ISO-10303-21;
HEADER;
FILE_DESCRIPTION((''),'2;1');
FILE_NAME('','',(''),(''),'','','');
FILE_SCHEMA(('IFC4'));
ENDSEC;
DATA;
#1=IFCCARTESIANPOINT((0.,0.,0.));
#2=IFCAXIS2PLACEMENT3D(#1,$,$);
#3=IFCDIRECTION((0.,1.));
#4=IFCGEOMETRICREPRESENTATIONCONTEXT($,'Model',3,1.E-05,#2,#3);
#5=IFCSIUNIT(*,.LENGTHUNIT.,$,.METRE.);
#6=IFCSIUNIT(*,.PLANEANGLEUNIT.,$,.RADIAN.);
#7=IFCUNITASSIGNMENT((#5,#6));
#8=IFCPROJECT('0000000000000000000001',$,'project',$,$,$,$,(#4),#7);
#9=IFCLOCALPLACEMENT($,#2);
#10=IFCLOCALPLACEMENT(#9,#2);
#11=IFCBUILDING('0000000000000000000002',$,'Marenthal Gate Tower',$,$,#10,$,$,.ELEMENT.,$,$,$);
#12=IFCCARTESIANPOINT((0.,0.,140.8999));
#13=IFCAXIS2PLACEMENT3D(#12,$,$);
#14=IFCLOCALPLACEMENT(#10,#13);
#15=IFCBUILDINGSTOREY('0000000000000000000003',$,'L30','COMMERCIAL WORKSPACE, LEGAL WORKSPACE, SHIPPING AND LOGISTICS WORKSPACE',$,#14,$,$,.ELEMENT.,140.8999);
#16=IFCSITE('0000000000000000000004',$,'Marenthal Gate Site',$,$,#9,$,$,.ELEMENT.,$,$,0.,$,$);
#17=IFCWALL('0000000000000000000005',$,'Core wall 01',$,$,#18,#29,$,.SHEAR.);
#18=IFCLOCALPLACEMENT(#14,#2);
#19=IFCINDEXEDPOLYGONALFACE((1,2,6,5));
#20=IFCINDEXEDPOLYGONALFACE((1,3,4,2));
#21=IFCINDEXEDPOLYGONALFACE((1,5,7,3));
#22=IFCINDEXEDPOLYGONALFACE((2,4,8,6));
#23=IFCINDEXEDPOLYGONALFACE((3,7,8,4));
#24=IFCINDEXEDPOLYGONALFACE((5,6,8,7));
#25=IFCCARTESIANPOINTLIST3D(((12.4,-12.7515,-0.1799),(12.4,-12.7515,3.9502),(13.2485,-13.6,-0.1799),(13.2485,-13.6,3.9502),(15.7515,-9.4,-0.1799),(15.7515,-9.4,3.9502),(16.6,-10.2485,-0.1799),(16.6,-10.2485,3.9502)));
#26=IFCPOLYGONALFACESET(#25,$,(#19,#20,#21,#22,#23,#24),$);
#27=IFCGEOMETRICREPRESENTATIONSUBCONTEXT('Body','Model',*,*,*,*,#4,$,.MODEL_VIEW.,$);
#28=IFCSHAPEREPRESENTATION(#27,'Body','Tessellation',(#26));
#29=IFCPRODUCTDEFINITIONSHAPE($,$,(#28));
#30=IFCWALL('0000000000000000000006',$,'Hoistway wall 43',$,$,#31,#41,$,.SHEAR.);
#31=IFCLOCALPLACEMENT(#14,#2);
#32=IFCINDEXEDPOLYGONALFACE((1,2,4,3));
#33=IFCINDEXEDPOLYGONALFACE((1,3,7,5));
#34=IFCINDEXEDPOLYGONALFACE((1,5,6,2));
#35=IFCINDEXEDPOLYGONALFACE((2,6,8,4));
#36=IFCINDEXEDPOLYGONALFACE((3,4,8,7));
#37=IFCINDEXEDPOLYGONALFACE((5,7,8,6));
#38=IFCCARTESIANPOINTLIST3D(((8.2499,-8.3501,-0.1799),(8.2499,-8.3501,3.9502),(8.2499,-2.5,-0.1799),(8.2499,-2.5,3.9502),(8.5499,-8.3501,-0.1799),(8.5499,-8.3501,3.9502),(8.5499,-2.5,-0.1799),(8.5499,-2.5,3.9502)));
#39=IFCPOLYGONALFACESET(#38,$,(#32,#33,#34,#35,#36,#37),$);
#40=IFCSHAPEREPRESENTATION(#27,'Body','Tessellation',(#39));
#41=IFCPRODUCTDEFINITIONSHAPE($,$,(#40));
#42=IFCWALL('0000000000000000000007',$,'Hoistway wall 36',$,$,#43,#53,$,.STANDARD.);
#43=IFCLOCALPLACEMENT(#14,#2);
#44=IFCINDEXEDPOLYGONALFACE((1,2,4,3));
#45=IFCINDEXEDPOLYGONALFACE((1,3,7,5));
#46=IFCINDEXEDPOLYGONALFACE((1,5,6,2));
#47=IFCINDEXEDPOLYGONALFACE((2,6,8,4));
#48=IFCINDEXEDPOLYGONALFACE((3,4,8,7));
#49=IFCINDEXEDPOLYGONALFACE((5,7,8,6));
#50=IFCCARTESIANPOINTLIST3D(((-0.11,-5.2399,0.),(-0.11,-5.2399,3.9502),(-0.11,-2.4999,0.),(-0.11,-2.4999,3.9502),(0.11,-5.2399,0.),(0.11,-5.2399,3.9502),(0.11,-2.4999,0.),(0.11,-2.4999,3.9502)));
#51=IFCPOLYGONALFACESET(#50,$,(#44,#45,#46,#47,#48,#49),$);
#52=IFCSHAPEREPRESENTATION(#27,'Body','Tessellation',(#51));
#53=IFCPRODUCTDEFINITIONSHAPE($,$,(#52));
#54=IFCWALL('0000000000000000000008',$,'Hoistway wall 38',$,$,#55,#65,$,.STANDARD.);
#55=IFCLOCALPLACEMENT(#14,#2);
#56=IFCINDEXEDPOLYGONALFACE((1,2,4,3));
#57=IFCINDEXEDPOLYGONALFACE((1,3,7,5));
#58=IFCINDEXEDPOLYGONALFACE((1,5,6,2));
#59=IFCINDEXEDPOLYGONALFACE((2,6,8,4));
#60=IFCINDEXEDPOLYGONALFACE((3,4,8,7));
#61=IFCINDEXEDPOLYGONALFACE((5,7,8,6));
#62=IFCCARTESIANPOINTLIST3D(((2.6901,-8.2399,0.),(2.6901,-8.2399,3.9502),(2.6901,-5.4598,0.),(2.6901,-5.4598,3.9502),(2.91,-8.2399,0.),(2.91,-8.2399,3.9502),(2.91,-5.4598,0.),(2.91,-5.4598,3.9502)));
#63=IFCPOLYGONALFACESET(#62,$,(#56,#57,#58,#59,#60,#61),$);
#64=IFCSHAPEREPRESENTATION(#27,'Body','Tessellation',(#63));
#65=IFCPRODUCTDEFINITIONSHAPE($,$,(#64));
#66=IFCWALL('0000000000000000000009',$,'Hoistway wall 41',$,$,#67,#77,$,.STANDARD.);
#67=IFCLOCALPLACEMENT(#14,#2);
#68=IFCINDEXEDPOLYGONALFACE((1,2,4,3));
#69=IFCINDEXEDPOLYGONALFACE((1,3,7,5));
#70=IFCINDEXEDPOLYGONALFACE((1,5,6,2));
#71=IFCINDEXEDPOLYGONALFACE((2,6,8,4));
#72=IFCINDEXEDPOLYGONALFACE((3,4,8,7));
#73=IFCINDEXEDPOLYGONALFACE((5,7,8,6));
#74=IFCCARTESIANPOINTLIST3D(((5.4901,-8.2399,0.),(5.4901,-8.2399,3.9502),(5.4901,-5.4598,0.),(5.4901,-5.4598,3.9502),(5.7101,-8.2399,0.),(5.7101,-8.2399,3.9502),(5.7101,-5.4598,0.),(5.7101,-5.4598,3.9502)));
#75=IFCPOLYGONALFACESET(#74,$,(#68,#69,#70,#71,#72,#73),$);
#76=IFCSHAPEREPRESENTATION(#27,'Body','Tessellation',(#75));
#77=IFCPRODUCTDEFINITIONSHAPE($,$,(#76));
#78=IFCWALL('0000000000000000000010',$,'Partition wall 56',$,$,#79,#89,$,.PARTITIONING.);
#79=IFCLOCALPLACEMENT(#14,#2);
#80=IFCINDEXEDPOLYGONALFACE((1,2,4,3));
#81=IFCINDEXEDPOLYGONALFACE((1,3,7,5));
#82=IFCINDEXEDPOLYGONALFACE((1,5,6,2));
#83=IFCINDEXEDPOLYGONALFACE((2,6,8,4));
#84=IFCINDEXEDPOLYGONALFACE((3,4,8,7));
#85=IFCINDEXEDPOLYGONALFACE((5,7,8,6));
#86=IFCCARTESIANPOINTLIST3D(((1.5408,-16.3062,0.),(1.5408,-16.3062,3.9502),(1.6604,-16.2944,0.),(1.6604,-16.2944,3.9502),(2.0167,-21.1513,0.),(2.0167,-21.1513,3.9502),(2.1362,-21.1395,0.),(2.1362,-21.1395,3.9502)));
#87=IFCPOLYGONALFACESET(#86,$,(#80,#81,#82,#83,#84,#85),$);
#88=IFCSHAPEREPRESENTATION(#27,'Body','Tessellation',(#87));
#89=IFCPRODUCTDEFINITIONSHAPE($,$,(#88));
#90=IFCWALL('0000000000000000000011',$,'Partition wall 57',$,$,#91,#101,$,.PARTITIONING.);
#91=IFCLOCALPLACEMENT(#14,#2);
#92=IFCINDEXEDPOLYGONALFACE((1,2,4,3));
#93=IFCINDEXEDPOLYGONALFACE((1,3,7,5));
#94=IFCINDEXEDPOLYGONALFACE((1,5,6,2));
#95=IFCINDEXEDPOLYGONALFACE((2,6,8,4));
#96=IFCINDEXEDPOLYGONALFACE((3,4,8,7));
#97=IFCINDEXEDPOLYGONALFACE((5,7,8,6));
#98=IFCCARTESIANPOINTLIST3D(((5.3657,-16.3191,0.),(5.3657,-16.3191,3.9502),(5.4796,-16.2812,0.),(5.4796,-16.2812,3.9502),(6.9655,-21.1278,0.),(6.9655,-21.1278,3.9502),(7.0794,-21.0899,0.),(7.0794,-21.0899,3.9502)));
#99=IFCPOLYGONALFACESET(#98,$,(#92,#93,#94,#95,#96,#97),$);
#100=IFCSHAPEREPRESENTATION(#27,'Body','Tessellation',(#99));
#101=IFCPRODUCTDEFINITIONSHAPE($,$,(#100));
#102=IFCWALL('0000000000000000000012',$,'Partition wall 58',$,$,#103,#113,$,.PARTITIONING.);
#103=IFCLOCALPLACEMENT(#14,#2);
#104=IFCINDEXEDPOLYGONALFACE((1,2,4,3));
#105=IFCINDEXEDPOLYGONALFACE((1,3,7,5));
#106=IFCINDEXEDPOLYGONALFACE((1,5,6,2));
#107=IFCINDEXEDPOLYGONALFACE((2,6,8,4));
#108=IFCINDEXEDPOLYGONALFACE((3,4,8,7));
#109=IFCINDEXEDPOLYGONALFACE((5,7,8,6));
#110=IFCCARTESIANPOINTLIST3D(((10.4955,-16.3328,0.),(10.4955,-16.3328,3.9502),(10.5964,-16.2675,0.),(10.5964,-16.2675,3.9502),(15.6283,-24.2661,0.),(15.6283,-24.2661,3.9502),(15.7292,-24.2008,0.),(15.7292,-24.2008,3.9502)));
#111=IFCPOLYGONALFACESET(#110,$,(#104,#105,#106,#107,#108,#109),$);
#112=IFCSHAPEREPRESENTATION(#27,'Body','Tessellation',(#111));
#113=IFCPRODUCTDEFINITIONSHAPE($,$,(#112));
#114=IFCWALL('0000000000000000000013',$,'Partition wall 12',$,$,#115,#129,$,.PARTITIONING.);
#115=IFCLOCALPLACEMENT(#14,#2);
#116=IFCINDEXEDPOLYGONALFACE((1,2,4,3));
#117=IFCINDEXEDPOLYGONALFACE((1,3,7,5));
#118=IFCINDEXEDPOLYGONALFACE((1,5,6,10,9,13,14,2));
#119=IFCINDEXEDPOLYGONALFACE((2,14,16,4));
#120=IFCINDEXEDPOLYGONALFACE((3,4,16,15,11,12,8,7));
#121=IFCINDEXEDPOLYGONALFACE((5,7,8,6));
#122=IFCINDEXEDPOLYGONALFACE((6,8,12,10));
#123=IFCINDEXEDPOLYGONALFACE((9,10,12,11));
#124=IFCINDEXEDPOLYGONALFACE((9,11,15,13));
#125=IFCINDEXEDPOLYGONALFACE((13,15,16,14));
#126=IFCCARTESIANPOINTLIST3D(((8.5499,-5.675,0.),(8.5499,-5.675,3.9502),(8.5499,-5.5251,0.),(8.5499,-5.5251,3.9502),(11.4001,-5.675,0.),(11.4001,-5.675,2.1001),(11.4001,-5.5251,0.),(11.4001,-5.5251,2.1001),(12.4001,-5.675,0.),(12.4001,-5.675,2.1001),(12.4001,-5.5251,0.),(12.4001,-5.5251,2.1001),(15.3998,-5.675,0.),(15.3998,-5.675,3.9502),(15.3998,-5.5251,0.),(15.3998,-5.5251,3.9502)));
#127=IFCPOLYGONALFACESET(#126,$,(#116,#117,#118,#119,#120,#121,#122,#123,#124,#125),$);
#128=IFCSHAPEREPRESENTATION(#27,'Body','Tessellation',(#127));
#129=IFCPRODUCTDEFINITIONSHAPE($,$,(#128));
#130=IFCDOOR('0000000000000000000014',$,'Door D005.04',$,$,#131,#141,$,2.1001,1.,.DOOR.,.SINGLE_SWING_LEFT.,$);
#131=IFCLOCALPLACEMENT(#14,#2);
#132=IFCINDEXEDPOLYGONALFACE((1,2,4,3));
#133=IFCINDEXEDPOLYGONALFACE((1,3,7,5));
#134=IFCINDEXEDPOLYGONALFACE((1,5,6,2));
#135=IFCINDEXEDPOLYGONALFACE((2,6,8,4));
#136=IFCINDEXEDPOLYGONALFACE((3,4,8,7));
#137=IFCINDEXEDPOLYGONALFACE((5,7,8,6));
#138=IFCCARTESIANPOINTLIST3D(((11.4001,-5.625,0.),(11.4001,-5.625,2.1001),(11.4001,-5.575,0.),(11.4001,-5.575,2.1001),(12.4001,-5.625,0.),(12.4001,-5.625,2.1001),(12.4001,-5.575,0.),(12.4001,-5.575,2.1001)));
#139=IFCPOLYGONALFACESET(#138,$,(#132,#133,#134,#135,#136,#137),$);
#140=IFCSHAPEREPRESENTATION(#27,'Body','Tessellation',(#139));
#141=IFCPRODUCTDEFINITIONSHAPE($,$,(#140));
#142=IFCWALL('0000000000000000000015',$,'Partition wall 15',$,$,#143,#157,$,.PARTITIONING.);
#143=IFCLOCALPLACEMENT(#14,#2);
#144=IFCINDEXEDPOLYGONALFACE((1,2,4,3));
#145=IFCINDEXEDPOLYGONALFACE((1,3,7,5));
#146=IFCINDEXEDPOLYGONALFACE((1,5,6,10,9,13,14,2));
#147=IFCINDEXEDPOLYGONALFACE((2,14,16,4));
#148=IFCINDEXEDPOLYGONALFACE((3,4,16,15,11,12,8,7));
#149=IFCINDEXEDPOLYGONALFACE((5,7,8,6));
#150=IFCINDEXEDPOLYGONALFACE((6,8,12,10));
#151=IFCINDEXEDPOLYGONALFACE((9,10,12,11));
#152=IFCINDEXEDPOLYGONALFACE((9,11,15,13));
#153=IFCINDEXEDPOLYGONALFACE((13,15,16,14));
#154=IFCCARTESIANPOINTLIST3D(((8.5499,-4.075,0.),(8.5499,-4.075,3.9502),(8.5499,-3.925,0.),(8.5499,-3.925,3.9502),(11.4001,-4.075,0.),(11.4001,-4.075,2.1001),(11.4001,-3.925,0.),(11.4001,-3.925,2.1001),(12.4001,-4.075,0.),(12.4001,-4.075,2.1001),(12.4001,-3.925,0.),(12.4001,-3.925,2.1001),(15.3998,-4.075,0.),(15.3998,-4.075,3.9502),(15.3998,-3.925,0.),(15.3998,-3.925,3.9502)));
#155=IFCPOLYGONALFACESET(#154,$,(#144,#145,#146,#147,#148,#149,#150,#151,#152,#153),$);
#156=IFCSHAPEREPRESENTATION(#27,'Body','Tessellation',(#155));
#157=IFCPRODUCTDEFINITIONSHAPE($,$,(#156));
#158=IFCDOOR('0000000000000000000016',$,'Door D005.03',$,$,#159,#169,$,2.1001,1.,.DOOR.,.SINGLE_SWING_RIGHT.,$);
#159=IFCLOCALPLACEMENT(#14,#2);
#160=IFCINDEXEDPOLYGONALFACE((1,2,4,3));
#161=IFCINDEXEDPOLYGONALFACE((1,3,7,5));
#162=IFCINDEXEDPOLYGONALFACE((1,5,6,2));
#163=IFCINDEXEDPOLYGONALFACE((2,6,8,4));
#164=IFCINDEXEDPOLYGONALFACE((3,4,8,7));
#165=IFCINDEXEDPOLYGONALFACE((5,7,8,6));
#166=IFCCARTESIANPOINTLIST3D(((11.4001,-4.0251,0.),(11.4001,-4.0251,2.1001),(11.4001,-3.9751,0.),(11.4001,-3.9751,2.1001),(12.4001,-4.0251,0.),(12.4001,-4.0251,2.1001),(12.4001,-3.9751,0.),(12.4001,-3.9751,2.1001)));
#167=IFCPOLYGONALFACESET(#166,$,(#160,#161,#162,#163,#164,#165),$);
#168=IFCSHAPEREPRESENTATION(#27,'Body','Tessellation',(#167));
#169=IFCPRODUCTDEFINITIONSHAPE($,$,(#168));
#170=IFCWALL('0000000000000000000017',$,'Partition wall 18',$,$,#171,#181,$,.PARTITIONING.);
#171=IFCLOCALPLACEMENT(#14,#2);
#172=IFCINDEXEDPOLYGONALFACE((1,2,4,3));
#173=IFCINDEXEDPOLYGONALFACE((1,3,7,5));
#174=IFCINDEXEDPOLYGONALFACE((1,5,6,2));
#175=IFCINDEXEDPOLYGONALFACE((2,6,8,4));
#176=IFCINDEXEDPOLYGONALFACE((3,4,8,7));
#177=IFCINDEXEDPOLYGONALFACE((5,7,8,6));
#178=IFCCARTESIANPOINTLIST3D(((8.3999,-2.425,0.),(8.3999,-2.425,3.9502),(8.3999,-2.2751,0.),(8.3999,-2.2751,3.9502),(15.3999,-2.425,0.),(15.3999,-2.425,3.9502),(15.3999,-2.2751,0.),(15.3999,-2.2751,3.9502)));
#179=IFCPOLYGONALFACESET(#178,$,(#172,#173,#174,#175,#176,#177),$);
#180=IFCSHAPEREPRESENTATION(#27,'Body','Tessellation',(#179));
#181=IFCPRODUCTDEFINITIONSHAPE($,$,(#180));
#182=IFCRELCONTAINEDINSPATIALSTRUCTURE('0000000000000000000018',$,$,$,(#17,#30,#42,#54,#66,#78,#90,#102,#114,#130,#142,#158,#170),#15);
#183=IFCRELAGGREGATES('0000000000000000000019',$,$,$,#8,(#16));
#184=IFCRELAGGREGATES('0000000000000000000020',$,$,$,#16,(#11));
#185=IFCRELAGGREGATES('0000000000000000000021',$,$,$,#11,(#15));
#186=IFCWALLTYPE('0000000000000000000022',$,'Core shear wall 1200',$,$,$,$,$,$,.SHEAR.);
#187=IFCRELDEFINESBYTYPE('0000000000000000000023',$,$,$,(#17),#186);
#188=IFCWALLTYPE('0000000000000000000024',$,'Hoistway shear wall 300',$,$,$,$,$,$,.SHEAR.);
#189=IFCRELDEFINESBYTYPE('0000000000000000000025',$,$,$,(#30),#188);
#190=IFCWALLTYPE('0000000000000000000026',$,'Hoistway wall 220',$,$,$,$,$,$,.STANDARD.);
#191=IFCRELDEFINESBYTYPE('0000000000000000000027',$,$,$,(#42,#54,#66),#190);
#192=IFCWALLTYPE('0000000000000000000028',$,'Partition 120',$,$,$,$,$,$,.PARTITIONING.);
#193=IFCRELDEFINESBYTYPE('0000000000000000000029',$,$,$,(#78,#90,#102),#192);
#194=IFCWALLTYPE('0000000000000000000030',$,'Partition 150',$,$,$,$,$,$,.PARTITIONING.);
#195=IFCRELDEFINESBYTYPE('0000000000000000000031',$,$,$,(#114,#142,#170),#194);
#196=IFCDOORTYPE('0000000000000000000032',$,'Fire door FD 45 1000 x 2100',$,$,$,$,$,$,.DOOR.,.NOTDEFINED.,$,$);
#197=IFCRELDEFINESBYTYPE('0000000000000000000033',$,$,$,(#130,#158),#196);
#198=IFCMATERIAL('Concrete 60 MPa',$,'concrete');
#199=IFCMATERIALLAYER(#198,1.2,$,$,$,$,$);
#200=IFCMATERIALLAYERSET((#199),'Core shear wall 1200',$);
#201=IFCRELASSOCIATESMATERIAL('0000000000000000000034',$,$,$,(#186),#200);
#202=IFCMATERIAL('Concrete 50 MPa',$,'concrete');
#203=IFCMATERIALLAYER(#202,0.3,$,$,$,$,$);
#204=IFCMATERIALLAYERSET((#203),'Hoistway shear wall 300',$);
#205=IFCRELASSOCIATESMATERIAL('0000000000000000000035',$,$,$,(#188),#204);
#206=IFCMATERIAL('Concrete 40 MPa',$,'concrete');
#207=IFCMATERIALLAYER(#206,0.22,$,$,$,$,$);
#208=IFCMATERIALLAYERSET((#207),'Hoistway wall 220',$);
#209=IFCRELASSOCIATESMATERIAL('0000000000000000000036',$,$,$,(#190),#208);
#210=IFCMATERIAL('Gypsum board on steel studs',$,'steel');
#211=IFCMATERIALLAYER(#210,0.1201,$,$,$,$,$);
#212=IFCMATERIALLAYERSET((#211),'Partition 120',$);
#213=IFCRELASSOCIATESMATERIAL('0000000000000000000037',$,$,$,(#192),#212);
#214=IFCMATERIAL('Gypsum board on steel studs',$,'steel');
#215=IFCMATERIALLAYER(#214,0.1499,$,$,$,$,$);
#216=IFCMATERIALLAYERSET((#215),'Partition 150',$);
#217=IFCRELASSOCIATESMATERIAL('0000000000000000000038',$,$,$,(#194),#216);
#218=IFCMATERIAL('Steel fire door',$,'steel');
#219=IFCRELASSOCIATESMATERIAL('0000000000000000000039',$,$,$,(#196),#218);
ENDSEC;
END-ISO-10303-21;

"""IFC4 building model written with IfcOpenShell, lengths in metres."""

from ifc_helpers import new_model, si_unit, direction, frame, frame_2d, origin, place, context, subcontext, project, spatial, rectangle, extrude, material, layer, layer_set, type_object, element, fill, save


model = new_model("IFC4")

# Units and contexts
model_context = context("Model", 3, precision=1e-05, world=origin(), true_north=direction((0.0, 1.0)))
body_context = subcontext(model_context, "Body", "Model", "MODEL_VIEW")
ifc_project = project(units=[si_unit("LENGTHUNIT", "METRE"), si_unit("PLANEANGLEUNIT", "RADIAN")], contexts=[model_context])

# Site, building, storey
site_placement = place(None, origin())
site = spatial("IfcSite", under=ifc_project, at=site_placement, Name="Marenthal Gate Site", CompositionType="ELEMENT", RefElevation=0.0)
building_placement = place(site_placement, origin())
building = spatial("IfcBuilding", under=site, at=building_placement, Name="Marenthal Gate Tower", CompositionType="ELEMENT")
storey_placement = place(building_placement, frame((0.0, 0.0, 140.8999)))
storey = spatial("IfcBuildingStorey", under=building, at=storey_placement, Name="L30", Description="COMMERCIAL WORKSPACE, LEGAL WORKSPACE, SHIPPING AND LOGISTICS WORKSPACE", CompositionType="ELEMENT", Elevation=140.8999)

# Walls
ifc_material_1 = material(Name="Concrete 60 MPa", Category="concrete")
ifc_layer_1 = layer(ifc_material_1, 1.2)
ifc_layer_set_1 = layer_set([ifc_layer_1], Name="Core shear wall 1200")
wall_type_1 = type_object("IfcWallType", Name="Core shear wall 1200", PredefinedType="SHEAR", material=ifc_layer_set_1)
wall_1_placement = place(storey_placement, frame((12.8242, -13.1758, -0.1799), z_axis=(0.0, 0.0, 1.0), x_axis=(0.707107, 0.707107, 0.0)))
element("IfcWall", 1, at=wall_1_placement, inside=storey, type_object=wall_type_1, Name="Core wall 01", PredefinedType="SHEAR", context=body_context, shape_type="SweptSolid", body=[
    extrude(rectangle(XDim=4.7397, YDim=1.2, at=frame_2d((2.3699, 0.0))), origin(), (0.0, 0.0, 1.0), 4.1301),
])
ifc_material_2 = material(Name="Concrete 50 MPa", Category="concrete")
ifc_layer_2 = layer(ifc_material_2, 0.3)
ifc_layer_set_2 = layer_set([ifc_layer_2], Name="Hoistway shear wall 300")
wall_type_2 = type_object("IfcWallType", Name="Hoistway shear wall 300", PredefinedType="SHEAR", material=ifc_layer_set_2)
wall_2_placement = place(storey_placement, frame((8.3999, -8.3501, -0.1799), z_axis=(0.0, 0.0, 1.0), x_axis=(0.0, 1.0, 0.0)))
element("IfcWall", 2, at=wall_2_placement, inside=storey, type_object=wall_type_2, Name="Hoistway wall 43", PredefinedType="SHEAR", context=body_context, shape_type="SweptSolid", body=[
    extrude(rectangle(XDim=5.8501, YDim=0.3, at=frame_2d((2.925, 0.0))), origin(), (0.0, 0.0, 1.0), 4.1301),
])
ifc_material_3 = material(Name="Concrete 40 MPa", Category="concrete")
ifc_layer_3 = layer(ifc_material_3, 0.22)
ifc_layer_set_3 = layer_set([ifc_layer_3], Name="Hoistway wall 220")
wall_type_3 = type_object("IfcWallType", Name="Hoistway wall 220", PredefinedType="STANDARD", material=ifc_layer_set_3)
wall_3_placement = place(storey_placement, frame((0.0, -5.24, 0.0), z_axis=(0.0, 0.0, 1.0), x_axis=(0.0, 1.0, 0.0)))
element("IfcWall", 3, at=wall_3_placement, inside=storey, type_object=wall_type_3, Name="Hoistway wall 36", PredefinedType="STANDARD", context=body_context, shape_type="SweptSolid", body=[
    extrude(rectangle(XDim=2.74, YDim=0.22, at=frame_2d((1.3701, 0.0))), origin(), (0.0, 0.0, 1.0), 3.9502),
])
for number, where, z_axis, x_axis, name in (
    (4, (2.8, -8.24, 0.0), (0.0, 0.0, 1.0), (0.0, 1.0, 0.0), "Hoistway wall 38"),
    (5, (5.6001, -8.24, 0.0), (0.0, 0.0, 1.0), (0.0, 1.0, 0.0), "Hoistway wall 41"),
):
    element("IfcWall", number, at=place(storey_placement, frame(where, z_axis=z_axis, x_axis=x_axis)), inside=storey, type_object=wall_type_3, Name=name, PredefinedType="STANDARD", context=body_context, shape_type="SweptSolid", body=[
        extrude(rectangle(XDim=2.78, YDim=0.22, at=frame_2d((1.3901, 0.0))), origin(), (0.0, 0.0, 1.0), 3.9502),
    ])
ifc_material_4 = material(Name="Gypsum board on steel studs", Category="steel")
ifc_layer_4 = layer(ifc_material_4, 0.1201)
ifc_layer_set_4 = layer_set([ifc_layer_4], Name="Partition 120")
wall_type_4 = type_object("IfcWallType", Name="Partition 120", PredefinedType="PARTITIONING", material=ifc_layer_set_4)
wall_4_placement = place(storey_placement, frame((2.0764, -21.1453, 0.0), z_axis=(0.0, 0.0, 1.0), x_axis=(-0.097736, 0.995212, 0.0)))
element("IfcWall", 6, at=wall_4_placement, inside=storey, type_object=wall_type_4, Name="Partition wall 56", PredefinedType="PARTITIONING", context=body_context, shape_type="SweptSolid", body=[
    extrude(rectangle(XDim=4.8684, YDim=0.1201, at=frame_2d((2.4341, 0.0))), origin(), (0.0, 0.0, 1.0), 3.9502),
])
wall_5_placement = place(storey_placement, frame((7.0225, -21.1089, 0.0), z_axis=(0.0, 0.0, 1.0), x_axis=(-0.315679, 0.948866, 0.0)))
element("IfcWall", 7, at=wall_5_placement, inside=storey, type_object=wall_type_4, Name="Partition wall 57", PredefinedType="PARTITIONING", context=body_context, shape_type="SweptSolid", body=[
    extrude(rectangle(XDim=5.0679, YDim=0.1201, at=frame_2d((2.5339, 0.0))), origin(), (0.0, 0.0, 1.0), 3.9502),
])
wall_6_placement = place(storey_placement, frame((10.5459, -16.3, 0.0), z_axis=(0.0, 0.0, 1.0), x_axis=(0.543212, -0.839596, 0.0)))
element("IfcWall", 8, at=wall_6_placement, inside=storey, type_object=wall_type_4, Name="Partition wall 58", PredefinedType="PARTITIONING", context=body_context, shape_type="SweptSolid", body=[
    extrude(rectangle(XDim=9.449, YDim=0.1201, at=frame_2d((4.7246, 0.0))), origin(), (0.0, 0.0, 1.0), 3.9502),
])

# Walls, openings, doors
ifc_material_5 = material(Name="Gypsum board on steel studs", Category="steel")
ifc_layer_5 = layer(ifc_material_5, 0.1499)
ifc_layer_set_5 = layer_set([ifc_layer_5], Name="Partition 150")
wall_type_5 = type_object("IfcWallType", Name="Partition 150", PredefinedType="PARTITIONING", material=ifc_layer_set_5)
wall_7_placement = place(storey_placement, frame((8.55, -5.6001, 0.0), z_axis=(0.0, 0.0, 1.0), x_axis=(1.0, 0.0, 0.0)))
wall_7 = element("IfcWall", 9, at=wall_7_placement, inside=storey, type_object=wall_type_5, Name="Partition wall 12", PredefinedType="PARTITIONING", context=body_context, shape_type="SweptSolid", body=[
    extrude(rectangle(XDim=6.8499, YDim=0.1499, at=frame_2d((3.4248, 0.0))), origin(), (0.0, 0.0, 1.0), 3.9502),
])
opening_1_placement = place(wall_7_placement, frame((2.8501, 0.0, 0.0)))
opening_1 = element("IfcOpeningElement", 10, at=opening_1_placement, cuts=wall_7, PredefinedType="OPENING", context=body_context, shape_type="SweptSolid", body=[
    extrude(rectangle(XDim=1.0, YDim=2.1001, at=frame_2d((0.5, 1.05))), frame((0.0, 0.085, 0.0), z_axis=(0.0, -1.0, 0.0), x_axis=(1.0, 0.0, 0.0)), (0.0, 0.0, 1.0), 0.1699),
])
ifc_material_6 = material(Name="Steel fire door", Category="steel")
door_type_1 = type_object("IfcDoorType", Name="Fire door FD 45 1000 x 2100", OperationType="NOTDEFINED", PredefinedType="DOOR", material=ifc_material_6)
door_1_placement = place(opening_1_placement, frame((1.0, 0.0, 0.0), z_axis=(0.0, 0.0, 1.0), x_axis=(-1.0, 0.0, 0.0)))
door_1 = element("IfcDoor", 11, at=door_1_placement, inside=storey, type_object=door_type_1, Name="Door D005.04", OperationType="SINGLE_SWING_LEFT", OverallHeight=2.1001, OverallWidth=1.0, PredefinedType="DOOR", context=body_context, shape_type="SweptSolid", body=[
    extrude(rectangle(XDim=1.0, YDim=2.1001, at=frame_2d((0.5, 1.05))), frame((0.0, 0.0249, 0.0), z_axis=(0.0, -1.0, 0.0), x_axis=(1.0, 0.0, 0.0)), (0.0, 0.0, 1.0), 0.05),
])
fill(opening_1, door_1)
wall_8_placement = place(storey_placement, frame((8.55, -4.0, 0.0), z_axis=(0.0, 0.0, 1.0), x_axis=(1.0, 0.0, 0.0)))
wall_8 = element("IfcWall", 12, at=wall_8_placement, inside=storey, type_object=wall_type_5, Name="Partition wall 15", PredefinedType="PARTITIONING", context=body_context, shape_type="SweptSolid", body=[
    extrude(rectangle(XDim=6.8499, YDim=0.1499, at=frame_2d((3.4248, 0.0))), origin(), (0.0, 0.0, 1.0), 3.9502),
])
opening_2_placement = place(wall_8_placement, frame((2.8501, 0.0, 0.0)))
opening_2 = element("IfcOpeningElement", 13, at=opening_2_placement, cuts=wall_8, PredefinedType="OPENING", context=body_context, shape_type="SweptSolid", body=[
    extrude(rectangle(XDim=1.0, YDim=2.1001, at=frame_2d((0.5, 1.05))), frame((0.0, 0.085, 0.0), z_axis=(0.0, -1.0, 0.0), x_axis=(1.0, 0.0, 0.0)), (0.0, 0.0, 1.0), 0.1699),
])
door_2_placement = place(opening_2_placement, origin())
door_2 = element("IfcDoor", 14, at=door_2_placement, inside=storey, type_object=door_type_1, Name="Door D005.03", OperationType="SINGLE_SWING_RIGHT", OverallHeight=2.1001, OverallWidth=1.0, PredefinedType="DOOR", context=body_context, shape_type="SweptSolid", body=[
    extrude(rectangle(XDim=1.0, YDim=2.1001, at=frame_2d((0.5, 1.05))), frame((0.0, 0.0249, 0.0), z_axis=(0.0, -1.0, 0.0), x_axis=(1.0, 0.0, 0.0)), (0.0, 0.0, 1.0), 0.05),
])
fill(opening_2, door_2)

# Wall
wall_9_placement = place(storey_placement, frame((8.3999, -2.3501, 0.0), z_axis=(0.0, 0.0, 1.0), x_axis=(1.0, 0.0, 0.0)))
element("IfcWall", 15, at=wall_9_placement, inside=storey, type_object=wall_type_5, Name="Partition wall 18", PredefinedType="PARTITIONING", context=body_context, shape_type="SweptSolid", body=[
    extrude(rectangle(XDim=7.0, YDim=0.1499, at=frame_2d((3.5, 0.0))), origin(), (0.0, 0.0, 1.0), 3.9502),
])

save(model, "model.ifc")
